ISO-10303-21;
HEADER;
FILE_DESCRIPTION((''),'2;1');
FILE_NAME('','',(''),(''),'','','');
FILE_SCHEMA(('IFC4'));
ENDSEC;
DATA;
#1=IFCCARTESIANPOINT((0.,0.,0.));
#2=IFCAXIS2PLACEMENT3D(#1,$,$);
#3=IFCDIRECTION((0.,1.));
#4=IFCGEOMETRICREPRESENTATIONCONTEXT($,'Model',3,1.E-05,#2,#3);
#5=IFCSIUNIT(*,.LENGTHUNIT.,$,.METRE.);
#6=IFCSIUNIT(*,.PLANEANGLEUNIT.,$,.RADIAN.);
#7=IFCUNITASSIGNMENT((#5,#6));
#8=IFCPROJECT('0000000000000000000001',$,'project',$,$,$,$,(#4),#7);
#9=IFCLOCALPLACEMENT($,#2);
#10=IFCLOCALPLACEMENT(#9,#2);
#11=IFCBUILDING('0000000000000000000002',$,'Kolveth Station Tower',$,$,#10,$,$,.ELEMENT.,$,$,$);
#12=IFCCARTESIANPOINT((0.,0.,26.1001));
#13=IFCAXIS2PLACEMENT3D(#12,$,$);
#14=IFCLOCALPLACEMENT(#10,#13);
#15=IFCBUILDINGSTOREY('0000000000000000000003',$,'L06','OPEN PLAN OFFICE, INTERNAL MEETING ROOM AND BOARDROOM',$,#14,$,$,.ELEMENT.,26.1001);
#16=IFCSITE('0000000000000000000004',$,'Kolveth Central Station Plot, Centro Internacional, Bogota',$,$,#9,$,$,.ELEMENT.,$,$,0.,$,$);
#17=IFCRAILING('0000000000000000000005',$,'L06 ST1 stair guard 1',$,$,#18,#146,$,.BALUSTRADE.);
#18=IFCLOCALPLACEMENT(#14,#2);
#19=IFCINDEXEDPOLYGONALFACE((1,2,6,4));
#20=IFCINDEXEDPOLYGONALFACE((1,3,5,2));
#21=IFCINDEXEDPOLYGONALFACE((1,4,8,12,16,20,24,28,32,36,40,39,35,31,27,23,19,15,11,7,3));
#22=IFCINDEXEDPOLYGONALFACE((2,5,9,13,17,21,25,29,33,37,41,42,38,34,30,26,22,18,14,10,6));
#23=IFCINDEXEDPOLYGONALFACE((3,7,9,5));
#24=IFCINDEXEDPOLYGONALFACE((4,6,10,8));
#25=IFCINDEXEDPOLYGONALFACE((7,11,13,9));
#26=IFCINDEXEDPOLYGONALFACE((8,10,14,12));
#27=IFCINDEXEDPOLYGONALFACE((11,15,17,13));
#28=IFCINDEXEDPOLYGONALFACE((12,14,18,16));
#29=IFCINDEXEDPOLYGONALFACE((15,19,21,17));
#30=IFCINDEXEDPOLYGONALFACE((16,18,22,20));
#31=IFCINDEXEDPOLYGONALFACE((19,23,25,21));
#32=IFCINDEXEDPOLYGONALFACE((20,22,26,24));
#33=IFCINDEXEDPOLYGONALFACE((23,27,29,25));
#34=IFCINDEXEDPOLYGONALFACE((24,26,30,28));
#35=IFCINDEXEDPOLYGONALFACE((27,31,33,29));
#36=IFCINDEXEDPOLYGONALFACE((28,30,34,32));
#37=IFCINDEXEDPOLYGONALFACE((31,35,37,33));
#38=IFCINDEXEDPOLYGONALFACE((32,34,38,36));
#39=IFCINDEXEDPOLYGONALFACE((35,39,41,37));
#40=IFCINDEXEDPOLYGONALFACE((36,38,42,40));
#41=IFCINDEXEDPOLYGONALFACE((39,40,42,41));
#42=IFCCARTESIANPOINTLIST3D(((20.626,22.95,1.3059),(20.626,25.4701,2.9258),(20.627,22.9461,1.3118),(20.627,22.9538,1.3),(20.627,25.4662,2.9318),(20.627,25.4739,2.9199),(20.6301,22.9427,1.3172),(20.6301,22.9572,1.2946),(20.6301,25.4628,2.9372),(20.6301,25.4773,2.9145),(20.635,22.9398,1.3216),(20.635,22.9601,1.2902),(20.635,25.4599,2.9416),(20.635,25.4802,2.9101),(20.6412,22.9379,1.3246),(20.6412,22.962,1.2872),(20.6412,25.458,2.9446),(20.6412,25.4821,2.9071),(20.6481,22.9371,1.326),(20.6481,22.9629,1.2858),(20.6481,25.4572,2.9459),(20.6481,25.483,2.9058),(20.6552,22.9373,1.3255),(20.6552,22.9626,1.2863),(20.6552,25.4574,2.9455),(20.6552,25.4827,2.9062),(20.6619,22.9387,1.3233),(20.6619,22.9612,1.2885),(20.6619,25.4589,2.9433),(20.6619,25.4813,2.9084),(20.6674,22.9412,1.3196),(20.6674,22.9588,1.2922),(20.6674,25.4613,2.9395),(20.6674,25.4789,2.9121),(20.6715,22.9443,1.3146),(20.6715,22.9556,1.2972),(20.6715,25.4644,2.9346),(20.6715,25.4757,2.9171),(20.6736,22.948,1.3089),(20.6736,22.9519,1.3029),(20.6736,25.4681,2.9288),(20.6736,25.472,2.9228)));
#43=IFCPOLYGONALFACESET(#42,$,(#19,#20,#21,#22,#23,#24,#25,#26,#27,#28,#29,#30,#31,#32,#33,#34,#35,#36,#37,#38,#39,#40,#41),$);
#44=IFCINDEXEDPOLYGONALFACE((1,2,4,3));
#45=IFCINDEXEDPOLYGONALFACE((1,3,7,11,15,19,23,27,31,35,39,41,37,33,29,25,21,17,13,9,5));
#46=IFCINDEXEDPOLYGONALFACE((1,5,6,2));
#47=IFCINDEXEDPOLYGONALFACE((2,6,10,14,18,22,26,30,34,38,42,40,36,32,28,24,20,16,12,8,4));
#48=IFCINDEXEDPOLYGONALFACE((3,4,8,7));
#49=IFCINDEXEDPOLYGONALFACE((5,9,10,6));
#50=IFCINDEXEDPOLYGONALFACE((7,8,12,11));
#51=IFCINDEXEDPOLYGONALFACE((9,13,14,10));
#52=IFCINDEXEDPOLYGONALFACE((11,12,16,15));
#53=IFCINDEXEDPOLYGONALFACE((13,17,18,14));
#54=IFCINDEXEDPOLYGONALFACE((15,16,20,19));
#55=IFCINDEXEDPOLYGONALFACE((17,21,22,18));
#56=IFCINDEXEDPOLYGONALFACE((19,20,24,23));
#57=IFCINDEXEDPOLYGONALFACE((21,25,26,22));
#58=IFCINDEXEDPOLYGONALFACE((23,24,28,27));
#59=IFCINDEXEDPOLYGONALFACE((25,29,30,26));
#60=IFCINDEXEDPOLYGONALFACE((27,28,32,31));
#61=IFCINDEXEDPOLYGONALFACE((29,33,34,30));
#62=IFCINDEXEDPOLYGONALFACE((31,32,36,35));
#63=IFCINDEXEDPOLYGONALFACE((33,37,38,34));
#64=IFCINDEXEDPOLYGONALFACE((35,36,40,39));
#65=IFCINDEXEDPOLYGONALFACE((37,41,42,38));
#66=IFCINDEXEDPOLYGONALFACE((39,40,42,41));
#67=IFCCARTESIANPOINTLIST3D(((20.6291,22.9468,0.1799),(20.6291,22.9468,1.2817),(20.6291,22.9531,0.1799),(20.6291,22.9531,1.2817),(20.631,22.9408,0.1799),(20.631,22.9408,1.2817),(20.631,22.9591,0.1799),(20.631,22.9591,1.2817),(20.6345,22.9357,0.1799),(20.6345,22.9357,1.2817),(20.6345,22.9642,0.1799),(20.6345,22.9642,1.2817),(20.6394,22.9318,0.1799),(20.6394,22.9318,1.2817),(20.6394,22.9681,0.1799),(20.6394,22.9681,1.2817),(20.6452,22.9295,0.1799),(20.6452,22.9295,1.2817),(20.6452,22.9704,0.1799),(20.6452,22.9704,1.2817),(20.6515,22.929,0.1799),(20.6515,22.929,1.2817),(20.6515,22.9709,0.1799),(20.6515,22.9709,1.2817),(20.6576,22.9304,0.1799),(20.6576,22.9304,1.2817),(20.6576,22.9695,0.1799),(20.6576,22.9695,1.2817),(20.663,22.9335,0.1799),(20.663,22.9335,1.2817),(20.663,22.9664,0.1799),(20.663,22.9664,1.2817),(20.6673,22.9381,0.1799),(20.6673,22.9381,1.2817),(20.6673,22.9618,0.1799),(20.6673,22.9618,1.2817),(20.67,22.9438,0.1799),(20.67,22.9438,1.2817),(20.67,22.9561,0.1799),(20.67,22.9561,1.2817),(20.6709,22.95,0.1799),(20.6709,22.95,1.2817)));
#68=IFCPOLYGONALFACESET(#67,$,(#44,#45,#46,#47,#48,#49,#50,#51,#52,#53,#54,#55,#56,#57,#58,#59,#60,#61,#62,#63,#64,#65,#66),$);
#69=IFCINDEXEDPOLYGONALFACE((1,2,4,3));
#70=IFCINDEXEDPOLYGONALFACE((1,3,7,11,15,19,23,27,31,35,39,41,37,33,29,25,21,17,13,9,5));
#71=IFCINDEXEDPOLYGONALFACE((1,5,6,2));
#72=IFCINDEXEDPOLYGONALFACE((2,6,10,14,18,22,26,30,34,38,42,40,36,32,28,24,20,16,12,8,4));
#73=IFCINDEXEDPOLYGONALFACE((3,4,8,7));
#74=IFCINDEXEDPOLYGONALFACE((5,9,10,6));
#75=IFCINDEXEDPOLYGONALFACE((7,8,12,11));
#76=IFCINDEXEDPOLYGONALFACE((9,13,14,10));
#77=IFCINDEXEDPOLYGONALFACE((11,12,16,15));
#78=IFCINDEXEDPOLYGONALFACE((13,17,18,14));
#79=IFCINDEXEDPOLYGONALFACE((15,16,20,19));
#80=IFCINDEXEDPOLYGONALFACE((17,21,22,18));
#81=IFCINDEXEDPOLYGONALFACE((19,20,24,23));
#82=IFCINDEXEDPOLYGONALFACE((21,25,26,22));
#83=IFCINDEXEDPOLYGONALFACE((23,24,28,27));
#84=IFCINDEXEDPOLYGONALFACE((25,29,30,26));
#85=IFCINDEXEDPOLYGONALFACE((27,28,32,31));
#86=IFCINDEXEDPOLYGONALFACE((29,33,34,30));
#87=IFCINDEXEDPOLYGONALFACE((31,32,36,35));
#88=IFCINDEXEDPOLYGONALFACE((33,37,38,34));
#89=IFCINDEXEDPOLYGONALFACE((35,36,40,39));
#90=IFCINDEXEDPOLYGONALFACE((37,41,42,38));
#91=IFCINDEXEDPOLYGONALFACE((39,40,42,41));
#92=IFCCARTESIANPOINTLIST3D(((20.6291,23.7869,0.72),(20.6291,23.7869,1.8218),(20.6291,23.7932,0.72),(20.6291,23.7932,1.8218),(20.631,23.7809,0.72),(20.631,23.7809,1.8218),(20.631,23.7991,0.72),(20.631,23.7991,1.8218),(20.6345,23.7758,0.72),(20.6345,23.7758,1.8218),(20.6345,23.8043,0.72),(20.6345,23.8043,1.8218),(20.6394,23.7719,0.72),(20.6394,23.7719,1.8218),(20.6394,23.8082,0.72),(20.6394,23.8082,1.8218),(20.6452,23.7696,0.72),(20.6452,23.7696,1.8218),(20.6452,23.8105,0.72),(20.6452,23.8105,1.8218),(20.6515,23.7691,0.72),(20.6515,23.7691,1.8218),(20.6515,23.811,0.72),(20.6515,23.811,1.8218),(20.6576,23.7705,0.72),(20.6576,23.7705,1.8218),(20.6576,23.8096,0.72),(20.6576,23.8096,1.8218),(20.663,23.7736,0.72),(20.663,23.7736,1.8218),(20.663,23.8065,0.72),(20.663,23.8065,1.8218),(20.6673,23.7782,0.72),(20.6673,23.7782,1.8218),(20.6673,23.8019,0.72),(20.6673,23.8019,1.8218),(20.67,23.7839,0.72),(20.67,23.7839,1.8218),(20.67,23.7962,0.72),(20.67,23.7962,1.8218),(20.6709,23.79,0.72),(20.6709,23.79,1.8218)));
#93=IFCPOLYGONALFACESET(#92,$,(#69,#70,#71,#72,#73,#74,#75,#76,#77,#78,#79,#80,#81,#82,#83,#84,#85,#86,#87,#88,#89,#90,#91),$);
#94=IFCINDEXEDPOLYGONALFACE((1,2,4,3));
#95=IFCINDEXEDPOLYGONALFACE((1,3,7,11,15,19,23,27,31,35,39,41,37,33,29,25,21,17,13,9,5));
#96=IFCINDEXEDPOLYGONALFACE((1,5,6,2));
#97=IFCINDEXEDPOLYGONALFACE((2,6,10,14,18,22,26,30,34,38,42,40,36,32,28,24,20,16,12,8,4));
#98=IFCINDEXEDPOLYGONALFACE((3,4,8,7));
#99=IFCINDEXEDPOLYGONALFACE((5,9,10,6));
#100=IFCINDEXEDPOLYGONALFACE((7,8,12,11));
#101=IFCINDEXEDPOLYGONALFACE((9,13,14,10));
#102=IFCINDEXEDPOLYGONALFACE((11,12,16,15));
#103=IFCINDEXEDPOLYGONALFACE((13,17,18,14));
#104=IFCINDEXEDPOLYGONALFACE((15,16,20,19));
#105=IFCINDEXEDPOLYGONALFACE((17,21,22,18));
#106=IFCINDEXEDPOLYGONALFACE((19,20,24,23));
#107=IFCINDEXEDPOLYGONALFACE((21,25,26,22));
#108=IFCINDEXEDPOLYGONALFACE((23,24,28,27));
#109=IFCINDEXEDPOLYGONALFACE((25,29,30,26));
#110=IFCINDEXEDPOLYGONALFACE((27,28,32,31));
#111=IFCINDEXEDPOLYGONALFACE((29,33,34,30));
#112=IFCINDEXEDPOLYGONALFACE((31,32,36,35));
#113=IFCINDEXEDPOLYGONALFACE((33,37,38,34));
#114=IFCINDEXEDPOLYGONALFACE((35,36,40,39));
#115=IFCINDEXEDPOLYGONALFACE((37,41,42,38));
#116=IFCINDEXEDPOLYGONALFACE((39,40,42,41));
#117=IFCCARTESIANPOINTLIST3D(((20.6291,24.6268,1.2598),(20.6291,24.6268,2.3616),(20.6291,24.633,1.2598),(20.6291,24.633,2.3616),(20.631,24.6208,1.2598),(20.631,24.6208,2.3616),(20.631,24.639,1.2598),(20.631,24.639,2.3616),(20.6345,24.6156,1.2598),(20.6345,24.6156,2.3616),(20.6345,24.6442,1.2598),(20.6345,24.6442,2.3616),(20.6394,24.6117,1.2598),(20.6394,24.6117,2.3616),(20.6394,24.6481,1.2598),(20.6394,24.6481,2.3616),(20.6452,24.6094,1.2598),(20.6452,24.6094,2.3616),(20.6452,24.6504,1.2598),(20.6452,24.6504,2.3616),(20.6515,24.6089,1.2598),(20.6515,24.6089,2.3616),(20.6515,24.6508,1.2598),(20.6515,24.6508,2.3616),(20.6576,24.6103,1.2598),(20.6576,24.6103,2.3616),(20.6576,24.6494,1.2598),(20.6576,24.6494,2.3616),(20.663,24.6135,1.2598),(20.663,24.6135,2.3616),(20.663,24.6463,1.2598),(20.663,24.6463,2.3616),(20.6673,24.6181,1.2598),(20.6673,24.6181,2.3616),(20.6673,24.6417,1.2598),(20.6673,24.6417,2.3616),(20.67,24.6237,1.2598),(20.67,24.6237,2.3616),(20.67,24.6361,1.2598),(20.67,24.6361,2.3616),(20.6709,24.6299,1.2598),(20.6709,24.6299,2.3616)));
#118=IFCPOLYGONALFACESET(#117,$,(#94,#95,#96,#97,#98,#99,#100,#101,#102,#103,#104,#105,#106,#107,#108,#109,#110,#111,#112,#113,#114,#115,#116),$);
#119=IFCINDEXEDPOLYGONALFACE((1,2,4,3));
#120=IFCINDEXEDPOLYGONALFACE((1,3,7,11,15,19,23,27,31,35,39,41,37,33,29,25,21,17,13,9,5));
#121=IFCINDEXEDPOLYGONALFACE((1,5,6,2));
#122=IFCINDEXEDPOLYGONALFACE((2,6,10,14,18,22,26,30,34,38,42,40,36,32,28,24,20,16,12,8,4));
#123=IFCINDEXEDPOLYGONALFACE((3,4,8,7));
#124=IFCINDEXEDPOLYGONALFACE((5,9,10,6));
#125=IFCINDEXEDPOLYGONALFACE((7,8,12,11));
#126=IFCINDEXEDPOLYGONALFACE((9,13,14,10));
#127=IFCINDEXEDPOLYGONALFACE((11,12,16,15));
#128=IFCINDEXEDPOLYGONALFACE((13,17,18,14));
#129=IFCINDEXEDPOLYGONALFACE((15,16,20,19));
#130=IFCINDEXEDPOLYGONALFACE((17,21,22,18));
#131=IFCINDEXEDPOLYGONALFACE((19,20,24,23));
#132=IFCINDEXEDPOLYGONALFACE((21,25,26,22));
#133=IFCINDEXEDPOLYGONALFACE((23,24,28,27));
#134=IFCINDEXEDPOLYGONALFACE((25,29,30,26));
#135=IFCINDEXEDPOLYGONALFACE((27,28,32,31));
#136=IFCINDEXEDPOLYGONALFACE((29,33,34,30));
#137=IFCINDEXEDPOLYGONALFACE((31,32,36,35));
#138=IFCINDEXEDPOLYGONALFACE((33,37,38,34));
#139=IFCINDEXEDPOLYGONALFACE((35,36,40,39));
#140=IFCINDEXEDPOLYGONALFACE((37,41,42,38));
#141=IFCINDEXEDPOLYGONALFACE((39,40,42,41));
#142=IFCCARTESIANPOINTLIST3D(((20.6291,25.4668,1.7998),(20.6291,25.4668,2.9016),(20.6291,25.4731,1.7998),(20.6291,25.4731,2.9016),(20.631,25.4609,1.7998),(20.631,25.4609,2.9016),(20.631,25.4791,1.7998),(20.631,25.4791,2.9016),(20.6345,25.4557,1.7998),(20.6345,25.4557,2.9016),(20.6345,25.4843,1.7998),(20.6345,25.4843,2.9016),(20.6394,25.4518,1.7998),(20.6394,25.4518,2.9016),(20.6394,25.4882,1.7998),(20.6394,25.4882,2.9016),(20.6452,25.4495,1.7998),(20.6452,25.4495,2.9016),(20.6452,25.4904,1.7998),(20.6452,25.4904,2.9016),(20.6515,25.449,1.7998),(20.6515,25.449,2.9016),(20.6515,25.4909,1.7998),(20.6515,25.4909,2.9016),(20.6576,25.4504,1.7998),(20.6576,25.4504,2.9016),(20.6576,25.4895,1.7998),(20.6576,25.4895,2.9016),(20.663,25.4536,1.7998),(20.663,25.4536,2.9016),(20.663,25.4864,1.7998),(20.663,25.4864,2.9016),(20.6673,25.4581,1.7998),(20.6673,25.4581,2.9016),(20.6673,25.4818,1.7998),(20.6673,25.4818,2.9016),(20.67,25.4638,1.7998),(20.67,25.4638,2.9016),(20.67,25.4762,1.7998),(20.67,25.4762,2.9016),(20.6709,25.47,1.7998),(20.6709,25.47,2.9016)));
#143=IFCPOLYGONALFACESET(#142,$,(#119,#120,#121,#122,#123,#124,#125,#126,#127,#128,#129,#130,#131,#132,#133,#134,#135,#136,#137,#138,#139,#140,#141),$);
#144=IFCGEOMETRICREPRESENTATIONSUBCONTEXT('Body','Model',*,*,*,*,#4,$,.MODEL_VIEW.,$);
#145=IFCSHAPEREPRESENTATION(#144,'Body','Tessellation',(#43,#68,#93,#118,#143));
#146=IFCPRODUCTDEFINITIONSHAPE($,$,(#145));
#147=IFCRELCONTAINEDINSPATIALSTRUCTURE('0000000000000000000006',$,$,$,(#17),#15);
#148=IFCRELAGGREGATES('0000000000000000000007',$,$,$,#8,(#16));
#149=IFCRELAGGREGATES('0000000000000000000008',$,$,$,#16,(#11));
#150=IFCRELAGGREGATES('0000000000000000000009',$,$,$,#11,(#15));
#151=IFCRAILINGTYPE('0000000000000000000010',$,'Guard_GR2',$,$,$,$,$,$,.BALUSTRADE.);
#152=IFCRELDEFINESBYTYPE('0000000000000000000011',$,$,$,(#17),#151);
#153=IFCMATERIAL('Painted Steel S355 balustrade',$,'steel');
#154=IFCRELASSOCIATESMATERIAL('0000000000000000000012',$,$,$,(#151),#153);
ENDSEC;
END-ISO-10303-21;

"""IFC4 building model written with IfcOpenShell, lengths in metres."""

from ifc_helpers import new_model, si_unit, direction, frame, origin, origin_2d, place, context, subcontext, project, spatial, circle, extrude, material, type_object, element, save


model = new_model("IFC4")

# Units and contexts
model_context = context("Model", 3, precision=1e-05, world=origin(), true_north=direction((0.0, 1.0)))
body_context = subcontext(model_context, "Body", "Model", "MODEL_VIEW")
ifc_project = project(units=[si_unit("LENGTHUNIT", "METRE"), si_unit("PLANEANGLEUNIT", "RADIAN")], contexts=[model_context])

# Site, building, storey
site_placement = place(None, origin())
site = spatial("IfcSite", under=ifc_project, at=site_placement, Name="Kolveth Central Station Plot, Centro Internacional, Bogota", CompositionType="ELEMENT", RefElevation=0.0)
building_placement = place(site_placement, origin())
building = spatial("IfcBuilding", under=site, at=building_placement, Name="Kolveth Station Tower", CompositionType="ELEMENT")
storey_placement = place(building_placement, frame((0.0, 0.0, 26.1001)))
storey = spatial("IfcBuildingStorey", under=building, at=storey_placement, Name="L06", Description="OPEN PLAN OFFICE, INTERNAL MEETING ROOM AND BOARDROOM", CompositionType="ELEMENT", Elevation=26.1001)

# Railing
ifc_material_1 = material(Name="Painted Steel S355 balustrade", Category="steel")
railing_type_1 = type_object("IfcRailingType", Name="Guard_GR2", PredefinedType="BALUSTRADE", material=ifc_material_1)
railing_1_placement = place(storey_placement, frame((20.6499, 22.95, 0.1799)))
element("IfcRailing", 1, at=railing_1_placement, inside=storey, type_object=railing_type_1, Name="L06 ST1 stair guard 1", PredefinedType="BALUSTRADE", context=body_context, shape_type="SweptSolid", body=[
    extrude(circle(Radius=0.0239, at=origin_2d()), frame((0.0, 0.0, 1.126), z_axis=(0.0, 0.8412, 0.540725), x_axis=(-1.0, 0.0, 0.0)), (0.0, 0.0, 1.0), 2.9958),
    extrude(circle(Radius=0.021, at=origin_2d()), origin(), (0.0, 0.0, 1.0), 1.1018),
    extrude(circle(Radius=0.021, at=origin_2d()), frame((0.0, 0.8401, 0.54)), (0.0, 0.0, 1.0), 1.1018),
    extrude(circle(Radius=0.021, at=origin_2d()), frame((0.0, 1.6799, 1.0798)), (0.0, 0.0, 1.0), 1.1018),
    extrude(circle(Radius=0.021, at=origin_2d()), frame((0.0, 2.52, 1.6199)), (0.0, 0.0, 1.0), 1.1018),
])

save(model, "model.ifc")
